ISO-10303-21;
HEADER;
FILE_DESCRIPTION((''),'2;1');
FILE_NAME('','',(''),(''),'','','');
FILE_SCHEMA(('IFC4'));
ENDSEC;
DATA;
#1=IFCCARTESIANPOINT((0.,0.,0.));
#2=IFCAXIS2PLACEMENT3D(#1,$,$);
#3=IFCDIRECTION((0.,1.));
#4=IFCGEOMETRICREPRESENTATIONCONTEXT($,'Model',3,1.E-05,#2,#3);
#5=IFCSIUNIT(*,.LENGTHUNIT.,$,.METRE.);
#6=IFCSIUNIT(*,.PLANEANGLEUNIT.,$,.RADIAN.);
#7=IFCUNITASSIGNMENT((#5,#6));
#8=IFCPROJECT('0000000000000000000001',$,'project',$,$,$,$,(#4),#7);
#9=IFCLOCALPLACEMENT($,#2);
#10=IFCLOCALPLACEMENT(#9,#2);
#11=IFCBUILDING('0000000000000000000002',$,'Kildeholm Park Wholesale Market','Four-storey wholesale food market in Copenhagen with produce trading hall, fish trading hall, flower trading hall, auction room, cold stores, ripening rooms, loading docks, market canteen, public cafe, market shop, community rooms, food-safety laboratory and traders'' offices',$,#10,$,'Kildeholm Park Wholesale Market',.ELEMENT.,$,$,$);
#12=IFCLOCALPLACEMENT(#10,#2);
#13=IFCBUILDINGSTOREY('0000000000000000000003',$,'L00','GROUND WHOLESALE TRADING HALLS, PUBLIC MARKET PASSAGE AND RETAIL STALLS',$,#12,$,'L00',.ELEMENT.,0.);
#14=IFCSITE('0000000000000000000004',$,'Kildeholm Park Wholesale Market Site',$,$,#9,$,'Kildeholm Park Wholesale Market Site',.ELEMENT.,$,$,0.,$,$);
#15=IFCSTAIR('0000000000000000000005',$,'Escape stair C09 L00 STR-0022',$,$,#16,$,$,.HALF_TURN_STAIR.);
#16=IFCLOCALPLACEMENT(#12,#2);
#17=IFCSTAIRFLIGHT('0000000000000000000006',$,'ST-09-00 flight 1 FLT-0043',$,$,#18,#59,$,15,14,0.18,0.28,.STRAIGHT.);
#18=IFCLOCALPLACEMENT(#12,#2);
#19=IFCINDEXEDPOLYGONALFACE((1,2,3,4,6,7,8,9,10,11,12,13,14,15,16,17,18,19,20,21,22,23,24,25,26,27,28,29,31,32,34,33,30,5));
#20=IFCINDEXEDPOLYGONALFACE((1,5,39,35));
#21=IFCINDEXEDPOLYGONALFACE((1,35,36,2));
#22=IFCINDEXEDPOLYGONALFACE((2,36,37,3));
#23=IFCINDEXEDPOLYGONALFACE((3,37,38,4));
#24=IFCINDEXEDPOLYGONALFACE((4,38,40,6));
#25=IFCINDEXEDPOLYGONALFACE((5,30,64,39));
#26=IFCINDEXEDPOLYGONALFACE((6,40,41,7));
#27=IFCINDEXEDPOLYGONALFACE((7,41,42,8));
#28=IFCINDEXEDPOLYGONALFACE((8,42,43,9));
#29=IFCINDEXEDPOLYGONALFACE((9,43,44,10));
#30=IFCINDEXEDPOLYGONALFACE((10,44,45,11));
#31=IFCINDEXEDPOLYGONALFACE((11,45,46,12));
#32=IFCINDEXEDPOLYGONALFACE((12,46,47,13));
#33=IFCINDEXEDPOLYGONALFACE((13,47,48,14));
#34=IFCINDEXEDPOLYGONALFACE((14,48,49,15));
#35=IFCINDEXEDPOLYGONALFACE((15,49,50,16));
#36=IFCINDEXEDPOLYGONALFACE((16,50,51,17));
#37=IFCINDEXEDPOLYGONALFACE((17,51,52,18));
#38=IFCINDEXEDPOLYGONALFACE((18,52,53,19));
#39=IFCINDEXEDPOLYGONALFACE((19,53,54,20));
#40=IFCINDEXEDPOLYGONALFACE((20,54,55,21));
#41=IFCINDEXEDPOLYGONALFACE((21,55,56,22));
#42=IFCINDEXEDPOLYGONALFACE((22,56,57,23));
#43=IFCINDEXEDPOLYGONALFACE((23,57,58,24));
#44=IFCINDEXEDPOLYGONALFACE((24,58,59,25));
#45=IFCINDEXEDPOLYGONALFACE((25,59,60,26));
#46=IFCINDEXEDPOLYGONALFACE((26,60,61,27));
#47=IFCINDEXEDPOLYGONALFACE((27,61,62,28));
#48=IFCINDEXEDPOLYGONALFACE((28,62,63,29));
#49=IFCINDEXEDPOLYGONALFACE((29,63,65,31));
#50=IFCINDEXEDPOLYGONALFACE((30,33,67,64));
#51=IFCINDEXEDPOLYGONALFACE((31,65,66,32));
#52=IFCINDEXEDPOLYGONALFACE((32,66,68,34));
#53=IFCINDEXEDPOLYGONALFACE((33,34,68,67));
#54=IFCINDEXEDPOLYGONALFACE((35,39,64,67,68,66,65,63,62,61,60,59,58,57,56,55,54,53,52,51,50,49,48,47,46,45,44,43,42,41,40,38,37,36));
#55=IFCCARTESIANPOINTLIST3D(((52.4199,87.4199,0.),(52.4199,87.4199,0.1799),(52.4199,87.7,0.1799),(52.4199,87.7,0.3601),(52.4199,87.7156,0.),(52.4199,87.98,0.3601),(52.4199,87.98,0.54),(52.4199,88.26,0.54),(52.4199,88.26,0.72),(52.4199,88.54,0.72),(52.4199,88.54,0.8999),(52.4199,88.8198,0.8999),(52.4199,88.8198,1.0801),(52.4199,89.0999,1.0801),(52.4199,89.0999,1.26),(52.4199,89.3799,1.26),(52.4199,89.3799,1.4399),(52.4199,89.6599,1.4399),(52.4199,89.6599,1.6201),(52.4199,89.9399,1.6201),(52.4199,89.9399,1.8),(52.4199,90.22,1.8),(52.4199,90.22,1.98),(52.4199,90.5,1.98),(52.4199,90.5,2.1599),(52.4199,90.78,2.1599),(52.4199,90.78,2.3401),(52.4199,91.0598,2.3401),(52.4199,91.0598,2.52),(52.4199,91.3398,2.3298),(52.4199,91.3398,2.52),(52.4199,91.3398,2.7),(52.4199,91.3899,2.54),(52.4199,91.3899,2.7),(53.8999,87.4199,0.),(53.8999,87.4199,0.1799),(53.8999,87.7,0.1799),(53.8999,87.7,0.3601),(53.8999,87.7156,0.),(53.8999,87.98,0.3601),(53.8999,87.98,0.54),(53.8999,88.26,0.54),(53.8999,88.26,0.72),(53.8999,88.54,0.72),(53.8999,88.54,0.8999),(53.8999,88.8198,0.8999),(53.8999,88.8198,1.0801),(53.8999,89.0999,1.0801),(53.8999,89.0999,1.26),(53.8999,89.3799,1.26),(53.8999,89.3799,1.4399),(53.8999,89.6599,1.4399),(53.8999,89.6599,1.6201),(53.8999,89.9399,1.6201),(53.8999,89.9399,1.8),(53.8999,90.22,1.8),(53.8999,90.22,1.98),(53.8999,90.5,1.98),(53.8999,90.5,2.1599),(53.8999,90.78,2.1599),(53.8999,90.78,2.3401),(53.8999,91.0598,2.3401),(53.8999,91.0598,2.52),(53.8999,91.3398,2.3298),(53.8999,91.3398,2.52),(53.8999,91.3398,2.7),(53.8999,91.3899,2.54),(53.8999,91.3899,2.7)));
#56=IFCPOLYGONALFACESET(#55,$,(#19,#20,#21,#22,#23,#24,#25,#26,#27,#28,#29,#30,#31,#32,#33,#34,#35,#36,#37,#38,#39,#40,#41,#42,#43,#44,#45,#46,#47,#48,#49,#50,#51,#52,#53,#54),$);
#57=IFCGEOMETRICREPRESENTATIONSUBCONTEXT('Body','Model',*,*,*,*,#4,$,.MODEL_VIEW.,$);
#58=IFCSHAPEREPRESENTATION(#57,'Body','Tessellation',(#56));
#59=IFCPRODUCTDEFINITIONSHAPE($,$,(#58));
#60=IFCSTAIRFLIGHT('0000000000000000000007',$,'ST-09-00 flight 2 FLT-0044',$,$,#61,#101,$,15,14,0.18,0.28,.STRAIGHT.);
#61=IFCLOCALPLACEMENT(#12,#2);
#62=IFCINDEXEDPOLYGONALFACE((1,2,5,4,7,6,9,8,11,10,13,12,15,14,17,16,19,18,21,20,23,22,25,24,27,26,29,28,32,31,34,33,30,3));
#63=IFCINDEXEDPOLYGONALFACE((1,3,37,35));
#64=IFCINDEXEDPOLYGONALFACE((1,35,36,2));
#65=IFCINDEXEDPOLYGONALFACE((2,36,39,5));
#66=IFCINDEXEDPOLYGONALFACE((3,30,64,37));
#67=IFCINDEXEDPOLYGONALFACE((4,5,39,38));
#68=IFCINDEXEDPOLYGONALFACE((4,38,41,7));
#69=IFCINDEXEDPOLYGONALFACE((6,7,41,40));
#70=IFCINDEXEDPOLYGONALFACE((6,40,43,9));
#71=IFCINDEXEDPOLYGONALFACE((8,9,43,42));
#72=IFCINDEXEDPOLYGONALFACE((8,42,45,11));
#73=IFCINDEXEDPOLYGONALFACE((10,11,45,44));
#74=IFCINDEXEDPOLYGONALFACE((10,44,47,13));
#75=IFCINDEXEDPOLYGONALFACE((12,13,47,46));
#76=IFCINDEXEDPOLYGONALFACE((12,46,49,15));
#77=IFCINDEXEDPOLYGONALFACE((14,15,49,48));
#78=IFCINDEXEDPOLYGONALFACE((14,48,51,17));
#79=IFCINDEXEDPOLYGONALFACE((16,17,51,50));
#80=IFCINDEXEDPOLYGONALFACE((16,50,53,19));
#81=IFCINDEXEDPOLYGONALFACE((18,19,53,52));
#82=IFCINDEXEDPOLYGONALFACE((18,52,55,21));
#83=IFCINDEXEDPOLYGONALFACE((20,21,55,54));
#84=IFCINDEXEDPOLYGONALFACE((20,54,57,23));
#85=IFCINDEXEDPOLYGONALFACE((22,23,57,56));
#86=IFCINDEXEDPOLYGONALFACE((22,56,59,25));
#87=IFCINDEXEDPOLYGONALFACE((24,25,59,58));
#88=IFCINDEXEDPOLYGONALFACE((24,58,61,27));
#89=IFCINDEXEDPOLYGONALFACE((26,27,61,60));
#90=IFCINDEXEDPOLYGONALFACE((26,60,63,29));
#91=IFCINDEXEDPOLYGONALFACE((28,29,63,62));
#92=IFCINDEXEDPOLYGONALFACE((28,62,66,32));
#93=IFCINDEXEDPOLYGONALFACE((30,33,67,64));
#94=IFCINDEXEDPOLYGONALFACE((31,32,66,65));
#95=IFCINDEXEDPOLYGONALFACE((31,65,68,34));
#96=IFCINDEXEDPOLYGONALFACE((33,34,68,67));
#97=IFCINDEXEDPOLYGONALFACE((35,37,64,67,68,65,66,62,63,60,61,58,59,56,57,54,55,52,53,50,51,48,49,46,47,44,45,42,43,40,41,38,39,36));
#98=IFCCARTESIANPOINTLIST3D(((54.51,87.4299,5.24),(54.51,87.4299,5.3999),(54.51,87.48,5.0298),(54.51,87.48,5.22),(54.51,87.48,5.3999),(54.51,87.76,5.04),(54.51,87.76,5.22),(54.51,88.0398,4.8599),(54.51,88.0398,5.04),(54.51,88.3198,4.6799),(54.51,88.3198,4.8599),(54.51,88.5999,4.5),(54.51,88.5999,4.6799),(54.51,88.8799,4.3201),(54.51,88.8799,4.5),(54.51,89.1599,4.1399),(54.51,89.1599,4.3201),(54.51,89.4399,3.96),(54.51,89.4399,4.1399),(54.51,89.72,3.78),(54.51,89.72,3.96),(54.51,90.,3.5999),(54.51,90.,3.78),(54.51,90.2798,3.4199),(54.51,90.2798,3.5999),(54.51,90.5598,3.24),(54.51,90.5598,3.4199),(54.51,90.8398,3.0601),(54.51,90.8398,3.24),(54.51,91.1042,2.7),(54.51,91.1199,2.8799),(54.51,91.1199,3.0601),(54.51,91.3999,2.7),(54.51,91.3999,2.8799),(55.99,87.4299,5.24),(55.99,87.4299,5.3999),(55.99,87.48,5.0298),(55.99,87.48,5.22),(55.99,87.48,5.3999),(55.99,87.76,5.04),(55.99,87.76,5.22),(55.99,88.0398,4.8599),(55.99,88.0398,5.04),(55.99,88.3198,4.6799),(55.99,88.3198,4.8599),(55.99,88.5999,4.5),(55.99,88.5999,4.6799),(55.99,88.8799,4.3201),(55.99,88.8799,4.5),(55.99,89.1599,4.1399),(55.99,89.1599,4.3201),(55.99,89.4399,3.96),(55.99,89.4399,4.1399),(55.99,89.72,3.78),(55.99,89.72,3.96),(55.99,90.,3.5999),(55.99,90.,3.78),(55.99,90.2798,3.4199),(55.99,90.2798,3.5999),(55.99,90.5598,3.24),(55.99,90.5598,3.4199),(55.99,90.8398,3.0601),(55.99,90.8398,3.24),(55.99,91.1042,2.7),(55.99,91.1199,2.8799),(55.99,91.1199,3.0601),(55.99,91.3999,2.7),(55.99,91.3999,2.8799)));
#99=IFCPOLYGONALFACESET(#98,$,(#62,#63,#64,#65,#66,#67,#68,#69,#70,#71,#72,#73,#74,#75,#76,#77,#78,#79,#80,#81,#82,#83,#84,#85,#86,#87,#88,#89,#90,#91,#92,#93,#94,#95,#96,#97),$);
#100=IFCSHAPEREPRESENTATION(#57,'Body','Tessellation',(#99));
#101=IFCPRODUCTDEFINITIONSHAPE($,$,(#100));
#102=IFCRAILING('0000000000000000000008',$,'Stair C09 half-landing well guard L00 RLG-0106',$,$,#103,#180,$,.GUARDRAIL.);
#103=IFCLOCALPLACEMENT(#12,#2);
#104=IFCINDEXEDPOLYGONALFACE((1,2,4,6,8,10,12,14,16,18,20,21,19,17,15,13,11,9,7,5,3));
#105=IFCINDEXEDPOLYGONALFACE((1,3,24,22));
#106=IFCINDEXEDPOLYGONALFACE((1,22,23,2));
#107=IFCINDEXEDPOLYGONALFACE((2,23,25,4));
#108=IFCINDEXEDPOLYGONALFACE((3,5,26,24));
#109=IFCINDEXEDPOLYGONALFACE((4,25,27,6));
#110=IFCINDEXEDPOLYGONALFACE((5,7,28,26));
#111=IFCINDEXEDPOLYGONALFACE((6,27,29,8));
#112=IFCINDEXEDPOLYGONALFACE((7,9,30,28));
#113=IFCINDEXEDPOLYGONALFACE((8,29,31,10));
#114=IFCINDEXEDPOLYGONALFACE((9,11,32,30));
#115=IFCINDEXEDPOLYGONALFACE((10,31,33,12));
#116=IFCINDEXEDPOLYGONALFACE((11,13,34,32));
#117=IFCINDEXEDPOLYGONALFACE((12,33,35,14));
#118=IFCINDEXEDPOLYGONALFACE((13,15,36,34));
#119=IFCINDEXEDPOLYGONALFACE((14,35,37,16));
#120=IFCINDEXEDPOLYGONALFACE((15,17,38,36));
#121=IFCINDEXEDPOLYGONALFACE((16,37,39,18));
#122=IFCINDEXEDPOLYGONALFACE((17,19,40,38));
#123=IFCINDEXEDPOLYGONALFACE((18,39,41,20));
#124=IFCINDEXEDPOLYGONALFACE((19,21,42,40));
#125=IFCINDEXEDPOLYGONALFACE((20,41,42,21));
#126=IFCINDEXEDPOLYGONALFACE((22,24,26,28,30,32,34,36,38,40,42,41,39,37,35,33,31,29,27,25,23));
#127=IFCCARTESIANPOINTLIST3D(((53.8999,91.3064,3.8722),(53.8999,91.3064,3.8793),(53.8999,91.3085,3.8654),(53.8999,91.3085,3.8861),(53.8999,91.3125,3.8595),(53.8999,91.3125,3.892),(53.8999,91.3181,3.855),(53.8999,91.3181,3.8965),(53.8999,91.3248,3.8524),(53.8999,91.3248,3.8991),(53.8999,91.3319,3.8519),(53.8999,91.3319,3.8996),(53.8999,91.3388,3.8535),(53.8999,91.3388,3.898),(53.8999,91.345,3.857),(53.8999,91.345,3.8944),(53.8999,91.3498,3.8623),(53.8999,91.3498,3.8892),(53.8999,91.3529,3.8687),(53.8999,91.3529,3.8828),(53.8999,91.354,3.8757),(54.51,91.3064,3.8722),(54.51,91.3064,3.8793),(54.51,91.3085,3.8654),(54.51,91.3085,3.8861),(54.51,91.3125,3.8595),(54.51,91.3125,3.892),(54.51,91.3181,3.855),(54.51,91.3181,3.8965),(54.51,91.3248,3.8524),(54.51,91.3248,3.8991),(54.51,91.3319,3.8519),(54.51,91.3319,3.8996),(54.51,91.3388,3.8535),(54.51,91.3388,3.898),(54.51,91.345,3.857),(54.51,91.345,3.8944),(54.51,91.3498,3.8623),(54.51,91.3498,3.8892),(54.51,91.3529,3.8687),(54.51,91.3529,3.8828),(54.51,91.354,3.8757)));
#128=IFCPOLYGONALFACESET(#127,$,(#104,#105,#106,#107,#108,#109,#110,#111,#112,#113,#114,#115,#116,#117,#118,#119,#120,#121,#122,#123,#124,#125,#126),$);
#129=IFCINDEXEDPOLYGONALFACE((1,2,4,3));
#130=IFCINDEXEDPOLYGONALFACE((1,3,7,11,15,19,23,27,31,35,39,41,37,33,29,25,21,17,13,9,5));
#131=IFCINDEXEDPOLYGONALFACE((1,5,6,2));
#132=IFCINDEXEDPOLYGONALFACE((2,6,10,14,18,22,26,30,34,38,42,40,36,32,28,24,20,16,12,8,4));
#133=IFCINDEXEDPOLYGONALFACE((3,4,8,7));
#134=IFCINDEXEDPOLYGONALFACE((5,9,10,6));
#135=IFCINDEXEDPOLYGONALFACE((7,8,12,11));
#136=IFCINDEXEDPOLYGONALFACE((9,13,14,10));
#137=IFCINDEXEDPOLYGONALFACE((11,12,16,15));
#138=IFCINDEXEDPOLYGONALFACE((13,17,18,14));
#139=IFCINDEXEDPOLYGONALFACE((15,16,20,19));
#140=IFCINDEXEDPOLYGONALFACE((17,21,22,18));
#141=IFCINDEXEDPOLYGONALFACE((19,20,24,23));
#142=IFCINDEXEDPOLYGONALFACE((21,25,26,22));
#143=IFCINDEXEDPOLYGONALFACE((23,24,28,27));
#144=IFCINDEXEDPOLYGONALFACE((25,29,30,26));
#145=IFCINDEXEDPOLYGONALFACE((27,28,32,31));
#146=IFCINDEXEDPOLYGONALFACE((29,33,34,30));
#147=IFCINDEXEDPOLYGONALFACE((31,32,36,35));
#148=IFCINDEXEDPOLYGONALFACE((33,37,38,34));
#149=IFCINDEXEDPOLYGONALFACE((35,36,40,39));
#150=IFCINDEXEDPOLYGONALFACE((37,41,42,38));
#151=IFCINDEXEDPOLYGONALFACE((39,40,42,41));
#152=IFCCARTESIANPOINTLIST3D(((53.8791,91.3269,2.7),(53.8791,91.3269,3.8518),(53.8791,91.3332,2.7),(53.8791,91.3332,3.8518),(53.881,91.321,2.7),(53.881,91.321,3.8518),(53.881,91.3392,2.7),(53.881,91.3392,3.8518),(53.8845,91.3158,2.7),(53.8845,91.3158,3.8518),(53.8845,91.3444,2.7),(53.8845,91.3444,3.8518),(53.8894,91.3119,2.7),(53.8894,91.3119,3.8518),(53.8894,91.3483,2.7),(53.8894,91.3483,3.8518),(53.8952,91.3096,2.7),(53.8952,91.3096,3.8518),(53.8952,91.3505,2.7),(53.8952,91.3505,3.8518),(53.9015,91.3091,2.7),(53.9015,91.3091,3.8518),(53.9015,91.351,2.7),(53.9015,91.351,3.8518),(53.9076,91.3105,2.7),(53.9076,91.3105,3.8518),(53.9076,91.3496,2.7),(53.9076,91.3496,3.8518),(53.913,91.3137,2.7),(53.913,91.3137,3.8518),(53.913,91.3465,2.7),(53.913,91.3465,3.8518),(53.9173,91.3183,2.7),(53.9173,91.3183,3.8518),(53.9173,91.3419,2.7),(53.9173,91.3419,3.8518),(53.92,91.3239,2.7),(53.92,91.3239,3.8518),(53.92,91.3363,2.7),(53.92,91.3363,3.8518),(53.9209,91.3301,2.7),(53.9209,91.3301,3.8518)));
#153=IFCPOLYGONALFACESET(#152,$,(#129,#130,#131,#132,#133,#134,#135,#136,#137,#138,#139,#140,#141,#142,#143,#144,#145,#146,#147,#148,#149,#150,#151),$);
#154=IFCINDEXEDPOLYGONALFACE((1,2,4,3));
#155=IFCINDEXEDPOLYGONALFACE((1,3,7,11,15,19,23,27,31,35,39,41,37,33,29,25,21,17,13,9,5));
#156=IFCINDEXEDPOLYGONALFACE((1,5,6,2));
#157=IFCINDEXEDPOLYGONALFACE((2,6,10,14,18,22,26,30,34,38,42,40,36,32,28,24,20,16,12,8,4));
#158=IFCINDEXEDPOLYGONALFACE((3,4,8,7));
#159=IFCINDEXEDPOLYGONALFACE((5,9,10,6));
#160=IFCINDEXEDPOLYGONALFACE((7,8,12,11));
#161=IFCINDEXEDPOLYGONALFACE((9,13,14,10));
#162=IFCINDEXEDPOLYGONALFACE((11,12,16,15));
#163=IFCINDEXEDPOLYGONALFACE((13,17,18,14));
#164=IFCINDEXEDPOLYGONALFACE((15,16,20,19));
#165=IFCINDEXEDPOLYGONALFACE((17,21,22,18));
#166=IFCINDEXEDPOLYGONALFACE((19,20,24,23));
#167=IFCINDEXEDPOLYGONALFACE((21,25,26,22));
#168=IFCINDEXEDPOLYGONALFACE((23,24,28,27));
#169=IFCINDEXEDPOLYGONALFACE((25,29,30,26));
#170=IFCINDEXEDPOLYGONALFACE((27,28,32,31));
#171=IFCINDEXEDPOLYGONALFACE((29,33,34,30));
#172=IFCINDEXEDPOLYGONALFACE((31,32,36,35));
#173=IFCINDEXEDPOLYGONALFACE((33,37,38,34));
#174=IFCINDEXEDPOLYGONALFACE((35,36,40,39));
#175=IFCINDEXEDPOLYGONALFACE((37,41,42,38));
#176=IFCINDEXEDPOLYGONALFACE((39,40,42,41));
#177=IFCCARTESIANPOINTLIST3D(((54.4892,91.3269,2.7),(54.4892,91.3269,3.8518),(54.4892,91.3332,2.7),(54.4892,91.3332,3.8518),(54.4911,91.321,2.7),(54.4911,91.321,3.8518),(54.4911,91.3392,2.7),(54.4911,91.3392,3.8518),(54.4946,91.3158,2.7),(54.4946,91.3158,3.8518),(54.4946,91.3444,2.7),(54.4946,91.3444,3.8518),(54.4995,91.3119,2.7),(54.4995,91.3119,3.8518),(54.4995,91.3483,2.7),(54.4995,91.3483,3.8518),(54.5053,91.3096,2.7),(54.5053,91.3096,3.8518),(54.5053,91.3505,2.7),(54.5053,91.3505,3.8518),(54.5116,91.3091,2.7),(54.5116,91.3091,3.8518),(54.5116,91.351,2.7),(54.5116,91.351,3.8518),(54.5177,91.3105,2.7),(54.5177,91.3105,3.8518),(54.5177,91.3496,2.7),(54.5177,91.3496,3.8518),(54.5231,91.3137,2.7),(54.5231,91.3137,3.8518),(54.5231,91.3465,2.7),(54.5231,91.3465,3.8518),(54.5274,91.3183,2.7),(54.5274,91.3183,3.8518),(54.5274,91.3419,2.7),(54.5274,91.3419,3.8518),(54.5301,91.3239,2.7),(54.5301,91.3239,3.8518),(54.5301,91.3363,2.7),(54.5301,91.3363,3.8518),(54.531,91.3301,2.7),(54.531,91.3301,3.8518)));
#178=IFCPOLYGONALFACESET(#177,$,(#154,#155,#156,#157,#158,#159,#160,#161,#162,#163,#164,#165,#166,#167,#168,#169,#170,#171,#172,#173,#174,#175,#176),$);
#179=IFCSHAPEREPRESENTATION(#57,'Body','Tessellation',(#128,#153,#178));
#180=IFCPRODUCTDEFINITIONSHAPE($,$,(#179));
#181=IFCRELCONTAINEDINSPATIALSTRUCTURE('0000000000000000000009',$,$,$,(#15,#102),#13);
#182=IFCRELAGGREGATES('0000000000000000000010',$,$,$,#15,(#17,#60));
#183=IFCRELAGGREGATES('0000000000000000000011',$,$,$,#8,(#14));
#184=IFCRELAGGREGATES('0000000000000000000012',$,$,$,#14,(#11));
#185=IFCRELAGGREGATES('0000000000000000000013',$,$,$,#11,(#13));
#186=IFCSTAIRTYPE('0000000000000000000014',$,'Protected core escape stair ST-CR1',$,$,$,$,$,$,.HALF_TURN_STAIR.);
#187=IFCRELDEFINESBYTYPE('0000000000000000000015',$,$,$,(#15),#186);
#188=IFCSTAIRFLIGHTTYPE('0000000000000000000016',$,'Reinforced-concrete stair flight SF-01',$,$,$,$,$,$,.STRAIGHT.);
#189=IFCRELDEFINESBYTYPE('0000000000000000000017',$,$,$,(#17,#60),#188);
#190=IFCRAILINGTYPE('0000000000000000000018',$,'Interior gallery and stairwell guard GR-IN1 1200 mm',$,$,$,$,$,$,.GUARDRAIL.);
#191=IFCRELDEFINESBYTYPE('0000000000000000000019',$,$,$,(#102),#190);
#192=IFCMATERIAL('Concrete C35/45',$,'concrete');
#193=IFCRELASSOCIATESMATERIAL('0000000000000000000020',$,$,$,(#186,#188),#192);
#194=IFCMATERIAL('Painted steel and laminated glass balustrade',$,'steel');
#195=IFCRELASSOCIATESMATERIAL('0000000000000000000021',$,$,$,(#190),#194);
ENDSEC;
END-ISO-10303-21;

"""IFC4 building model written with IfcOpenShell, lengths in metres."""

from ifc_helpers import new_model, si_unit, direction, frame, origin, origin_2d, place, context, subcontext, project, spatial, polyline, circle, outline, extrude, material, type_object, element, aggregate, save


model = new_model("IFC4")

# Units and contexts
model_context = context("Model", 3, precision=1e-05, world=origin(), true_north=direction((0.0, 1.0)))
body_context = subcontext(model_context, "Body", "Model", "MODEL_VIEW")
ifc_project = project(units=[si_unit("LENGTHUNIT", "METRE"), si_unit("PLANEANGLEUNIT", "RADIAN")], contexts=[model_context])

# Site, building, storey
site_placement = place(None, origin())
site = spatial("IfcSite", under=ifc_project, at=site_placement, Name="Kildeholm Park Wholesale Market Site", LongName="Kildeholm Park Wholesale Market Site", CompositionType="ELEMENT", RefElevation=0.0)
building_placement = place(site_placement, origin())
building = spatial("IfcBuilding", under=site, at=building_placement, Name="Kildeholm Park Wholesale Market", Description="Four-storey wholesale food market in Copenhagen with produce trading hall, fish trading hall, flower trading hall, auction room, cold stores, ripening rooms, loading docks, market canteen, public cafe, market shop, community rooms, food-safety laboratory and traders' offices", LongName="Kildeholm Park Wholesale Market", CompositionType="ELEMENT")
storey_placement = place(building_placement, origin())
storey = spatial("IfcBuildingStorey", under=building, at=storey_placement, Name="L00", Description="GROUND WHOLESALE TRADING HALLS, PUBLIC MARKET PASSAGE AND RETAIL STALLS", LongName="L00", CompositionType="ELEMENT", Elevation=0.0)

# Shared definitions
ifc_material_1 = material(Name="Concrete C35/45", Category="concrete")

# Stair, stair flights
stair_type = type_object("IfcStairType", Name="Protected core escape stair ST-CR1", PredefinedType="HALF_TURN_STAIR", material=ifc_material_1)
stair_placement = place(storey_placement, origin())
stair = element("IfcStair", 1, at=stair_placement, inside=storey, type_object=stair_type, Name="Escape stair C09 L00 STR-0022", PredefinedType="HALF_TURN_STAIR")
stair_flight_type = type_object("IfcStairFlightType", Name="Reinforced-concrete stair flight SF-01", PredefinedType="STRAIGHT", material=ifc_material_1)
stair_flight_1_placement = place(storey_placement, frame((53.1599, 87.4199, 0.0), z_axis=(0.0, 0.0, 1.0), x_axis=(0.0, 1.0, 0.0)))
stair_flight_1 = element("IfcStairFlight", 2, at=stair_flight_1_placement, type_object=stair_flight_type, Name="ST-09-00 flight 1 FLT-0043", NumberOfRisers=15, NumberOfTreads=14, PredefinedType="STRAIGHT", RiserHeight=0.18, TreadLength=0.28, context=body_context, shape_type="SweptSolid", body=[
    extrude(outline(polyline([(0.0, 0.0), (0.0, 0.1799), (0.28, 0.1799), (0.28, 0.3601), (0.5601, 0.3601), (0.5601, 0.54), (0.8401, 0.54), (0.8401, 0.72), (1.1201, 0.72), (1.1201, 0.8999), (1.3999, 0.8999), (1.3999, 1.0801), (1.6799, 1.0801), (1.6799, 1.26), (1.96, 1.26), (1.96, 1.4399), (2.24, 1.4399), (2.24, 1.6201), (2.52, 1.6201), (2.52, 1.8), (2.8, 1.8), (2.8, 1.98), (3.0801, 1.98), (3.0801, 2.1599), (3.3601, 2.1599), (3.3601, 2.3401), (3.6399, 2.3401), (3.6399, 2.52), (3.9199, 2.52), (3.9199, 2.7), (3.97, 2.7), (3.97, 2.54), (3.9199, 2.3298), (0.2957, 0.0), (0.0, 0.0)])), frame((0.0, 0.74, 0.0), z_axis=(0.0, -1.0, 0.0), x_axis=(1.0, 0.0, 0.0)), (0.0, 0.0, 1.0), 1.48),
])
stair_flight_2_placement = place(storey_placement, frame((55.25, 91.3999, 2.7), z_axis=(0.0, 0.0, 1.0), x_axis=(0.0, -1.0, 0.0)))
stair_flight_2 = element("IfcStairFlight", 3, at=stair_flight_2_placement, type_object=stair_flight_type, Name="ST-09-00 flight 2 FLT-0044", NumberOfRisers=15, NumberOfTreads=14, PredefinedType="STRAIGHT", RiserHeight=0.18, TreadLength=0.28, context=body_context, shape_type="SweptSolid", body=[
    extrude(outline(polyline([(0.0, 0.0), (0.0, 0.1799), (0.28, 0.1799), (0.28, 0.3601), (0.5601, 0.3601), (0.5601, 0.54), (0.8401, 0.54), (0.8401, 0.72), (1.1201, 0.72), (1.1201, 0.8999), (1.3999, 0.8999), (1.3999, 1.0801), (1.6799, 1.0801), (1.6799, 1.26), (1.96, 1.26), (1.96, 1.4399), (2.24, 1.4399), (2.24, 1.6201), (2.52, 1.6201), (2.52, 1.8), (2.8, 1.8), (2.8, 1.98), (3.0801, 1.98), (3.0801, 2.1599), (3.3601, 2.1599), (3.3601, 2.3401), (3.6399, 2.3401), (3.6399, 2.52), (3.9199, 2.52), (3.9199, 2.7), (3.97, 2.7), (3.97, 2.54), (3.9199, 2.3298), (0.2957, 0.0), (0.0, 0.0)])), frame((0.0, 0.74, 0.0), z_axis=(0.0, -1.0, 0.0), x_axis=(1.0, 0.0, 0.0)), (0.0, 0.0, 1.0), 1.48),
])
aggregate(stair, [stair_flight_1, stair_flight_2])

# Railing
ifc_material_2 = material(Name="Painted steel and laminated glass balustrade", Category="steel")
railing_type_1 = type_object("IfcRailingType", Name="Interior gallery and stairwell guard GR-IN1 1200 mm", PredefinedType="GUARDRAIL", material=ifc_material_2)
railing_1_placement = place(storey_placement, frame((53.8999, 91.3301, 2.7)))
element("IfcRailing", 4, at=railing_1_placement, inside=storey, type_object=railing_type_1, Name="Stair C09 half-landing well guard L00 RLG-0106", PredefinedType="GUARDRAIL", context=body_context, shape_type="SweptSolid", body=[
    extrude(circle(Radius=0.0239, at=origin_2d()), frame((0.0, 0.0, 1.1758), z_axis=(1.0, 0.0, 0.0), x_axis=(0.0, 1.0, 0.0)), (0.0, 0.0, 1.0), 0.6101),
    extrude(circle(Radius=0.021, at=origin_2d()), origin(), (0.0, 0.0, 1.0), 1.1519),
    extrude(circle(Radius=0.021, at=origin_2d()), frame((0.6101, 0.0, 0.0)), (0.0, 0.0, 1.0), 1.1519),
])

save(model, "model.ifc")
